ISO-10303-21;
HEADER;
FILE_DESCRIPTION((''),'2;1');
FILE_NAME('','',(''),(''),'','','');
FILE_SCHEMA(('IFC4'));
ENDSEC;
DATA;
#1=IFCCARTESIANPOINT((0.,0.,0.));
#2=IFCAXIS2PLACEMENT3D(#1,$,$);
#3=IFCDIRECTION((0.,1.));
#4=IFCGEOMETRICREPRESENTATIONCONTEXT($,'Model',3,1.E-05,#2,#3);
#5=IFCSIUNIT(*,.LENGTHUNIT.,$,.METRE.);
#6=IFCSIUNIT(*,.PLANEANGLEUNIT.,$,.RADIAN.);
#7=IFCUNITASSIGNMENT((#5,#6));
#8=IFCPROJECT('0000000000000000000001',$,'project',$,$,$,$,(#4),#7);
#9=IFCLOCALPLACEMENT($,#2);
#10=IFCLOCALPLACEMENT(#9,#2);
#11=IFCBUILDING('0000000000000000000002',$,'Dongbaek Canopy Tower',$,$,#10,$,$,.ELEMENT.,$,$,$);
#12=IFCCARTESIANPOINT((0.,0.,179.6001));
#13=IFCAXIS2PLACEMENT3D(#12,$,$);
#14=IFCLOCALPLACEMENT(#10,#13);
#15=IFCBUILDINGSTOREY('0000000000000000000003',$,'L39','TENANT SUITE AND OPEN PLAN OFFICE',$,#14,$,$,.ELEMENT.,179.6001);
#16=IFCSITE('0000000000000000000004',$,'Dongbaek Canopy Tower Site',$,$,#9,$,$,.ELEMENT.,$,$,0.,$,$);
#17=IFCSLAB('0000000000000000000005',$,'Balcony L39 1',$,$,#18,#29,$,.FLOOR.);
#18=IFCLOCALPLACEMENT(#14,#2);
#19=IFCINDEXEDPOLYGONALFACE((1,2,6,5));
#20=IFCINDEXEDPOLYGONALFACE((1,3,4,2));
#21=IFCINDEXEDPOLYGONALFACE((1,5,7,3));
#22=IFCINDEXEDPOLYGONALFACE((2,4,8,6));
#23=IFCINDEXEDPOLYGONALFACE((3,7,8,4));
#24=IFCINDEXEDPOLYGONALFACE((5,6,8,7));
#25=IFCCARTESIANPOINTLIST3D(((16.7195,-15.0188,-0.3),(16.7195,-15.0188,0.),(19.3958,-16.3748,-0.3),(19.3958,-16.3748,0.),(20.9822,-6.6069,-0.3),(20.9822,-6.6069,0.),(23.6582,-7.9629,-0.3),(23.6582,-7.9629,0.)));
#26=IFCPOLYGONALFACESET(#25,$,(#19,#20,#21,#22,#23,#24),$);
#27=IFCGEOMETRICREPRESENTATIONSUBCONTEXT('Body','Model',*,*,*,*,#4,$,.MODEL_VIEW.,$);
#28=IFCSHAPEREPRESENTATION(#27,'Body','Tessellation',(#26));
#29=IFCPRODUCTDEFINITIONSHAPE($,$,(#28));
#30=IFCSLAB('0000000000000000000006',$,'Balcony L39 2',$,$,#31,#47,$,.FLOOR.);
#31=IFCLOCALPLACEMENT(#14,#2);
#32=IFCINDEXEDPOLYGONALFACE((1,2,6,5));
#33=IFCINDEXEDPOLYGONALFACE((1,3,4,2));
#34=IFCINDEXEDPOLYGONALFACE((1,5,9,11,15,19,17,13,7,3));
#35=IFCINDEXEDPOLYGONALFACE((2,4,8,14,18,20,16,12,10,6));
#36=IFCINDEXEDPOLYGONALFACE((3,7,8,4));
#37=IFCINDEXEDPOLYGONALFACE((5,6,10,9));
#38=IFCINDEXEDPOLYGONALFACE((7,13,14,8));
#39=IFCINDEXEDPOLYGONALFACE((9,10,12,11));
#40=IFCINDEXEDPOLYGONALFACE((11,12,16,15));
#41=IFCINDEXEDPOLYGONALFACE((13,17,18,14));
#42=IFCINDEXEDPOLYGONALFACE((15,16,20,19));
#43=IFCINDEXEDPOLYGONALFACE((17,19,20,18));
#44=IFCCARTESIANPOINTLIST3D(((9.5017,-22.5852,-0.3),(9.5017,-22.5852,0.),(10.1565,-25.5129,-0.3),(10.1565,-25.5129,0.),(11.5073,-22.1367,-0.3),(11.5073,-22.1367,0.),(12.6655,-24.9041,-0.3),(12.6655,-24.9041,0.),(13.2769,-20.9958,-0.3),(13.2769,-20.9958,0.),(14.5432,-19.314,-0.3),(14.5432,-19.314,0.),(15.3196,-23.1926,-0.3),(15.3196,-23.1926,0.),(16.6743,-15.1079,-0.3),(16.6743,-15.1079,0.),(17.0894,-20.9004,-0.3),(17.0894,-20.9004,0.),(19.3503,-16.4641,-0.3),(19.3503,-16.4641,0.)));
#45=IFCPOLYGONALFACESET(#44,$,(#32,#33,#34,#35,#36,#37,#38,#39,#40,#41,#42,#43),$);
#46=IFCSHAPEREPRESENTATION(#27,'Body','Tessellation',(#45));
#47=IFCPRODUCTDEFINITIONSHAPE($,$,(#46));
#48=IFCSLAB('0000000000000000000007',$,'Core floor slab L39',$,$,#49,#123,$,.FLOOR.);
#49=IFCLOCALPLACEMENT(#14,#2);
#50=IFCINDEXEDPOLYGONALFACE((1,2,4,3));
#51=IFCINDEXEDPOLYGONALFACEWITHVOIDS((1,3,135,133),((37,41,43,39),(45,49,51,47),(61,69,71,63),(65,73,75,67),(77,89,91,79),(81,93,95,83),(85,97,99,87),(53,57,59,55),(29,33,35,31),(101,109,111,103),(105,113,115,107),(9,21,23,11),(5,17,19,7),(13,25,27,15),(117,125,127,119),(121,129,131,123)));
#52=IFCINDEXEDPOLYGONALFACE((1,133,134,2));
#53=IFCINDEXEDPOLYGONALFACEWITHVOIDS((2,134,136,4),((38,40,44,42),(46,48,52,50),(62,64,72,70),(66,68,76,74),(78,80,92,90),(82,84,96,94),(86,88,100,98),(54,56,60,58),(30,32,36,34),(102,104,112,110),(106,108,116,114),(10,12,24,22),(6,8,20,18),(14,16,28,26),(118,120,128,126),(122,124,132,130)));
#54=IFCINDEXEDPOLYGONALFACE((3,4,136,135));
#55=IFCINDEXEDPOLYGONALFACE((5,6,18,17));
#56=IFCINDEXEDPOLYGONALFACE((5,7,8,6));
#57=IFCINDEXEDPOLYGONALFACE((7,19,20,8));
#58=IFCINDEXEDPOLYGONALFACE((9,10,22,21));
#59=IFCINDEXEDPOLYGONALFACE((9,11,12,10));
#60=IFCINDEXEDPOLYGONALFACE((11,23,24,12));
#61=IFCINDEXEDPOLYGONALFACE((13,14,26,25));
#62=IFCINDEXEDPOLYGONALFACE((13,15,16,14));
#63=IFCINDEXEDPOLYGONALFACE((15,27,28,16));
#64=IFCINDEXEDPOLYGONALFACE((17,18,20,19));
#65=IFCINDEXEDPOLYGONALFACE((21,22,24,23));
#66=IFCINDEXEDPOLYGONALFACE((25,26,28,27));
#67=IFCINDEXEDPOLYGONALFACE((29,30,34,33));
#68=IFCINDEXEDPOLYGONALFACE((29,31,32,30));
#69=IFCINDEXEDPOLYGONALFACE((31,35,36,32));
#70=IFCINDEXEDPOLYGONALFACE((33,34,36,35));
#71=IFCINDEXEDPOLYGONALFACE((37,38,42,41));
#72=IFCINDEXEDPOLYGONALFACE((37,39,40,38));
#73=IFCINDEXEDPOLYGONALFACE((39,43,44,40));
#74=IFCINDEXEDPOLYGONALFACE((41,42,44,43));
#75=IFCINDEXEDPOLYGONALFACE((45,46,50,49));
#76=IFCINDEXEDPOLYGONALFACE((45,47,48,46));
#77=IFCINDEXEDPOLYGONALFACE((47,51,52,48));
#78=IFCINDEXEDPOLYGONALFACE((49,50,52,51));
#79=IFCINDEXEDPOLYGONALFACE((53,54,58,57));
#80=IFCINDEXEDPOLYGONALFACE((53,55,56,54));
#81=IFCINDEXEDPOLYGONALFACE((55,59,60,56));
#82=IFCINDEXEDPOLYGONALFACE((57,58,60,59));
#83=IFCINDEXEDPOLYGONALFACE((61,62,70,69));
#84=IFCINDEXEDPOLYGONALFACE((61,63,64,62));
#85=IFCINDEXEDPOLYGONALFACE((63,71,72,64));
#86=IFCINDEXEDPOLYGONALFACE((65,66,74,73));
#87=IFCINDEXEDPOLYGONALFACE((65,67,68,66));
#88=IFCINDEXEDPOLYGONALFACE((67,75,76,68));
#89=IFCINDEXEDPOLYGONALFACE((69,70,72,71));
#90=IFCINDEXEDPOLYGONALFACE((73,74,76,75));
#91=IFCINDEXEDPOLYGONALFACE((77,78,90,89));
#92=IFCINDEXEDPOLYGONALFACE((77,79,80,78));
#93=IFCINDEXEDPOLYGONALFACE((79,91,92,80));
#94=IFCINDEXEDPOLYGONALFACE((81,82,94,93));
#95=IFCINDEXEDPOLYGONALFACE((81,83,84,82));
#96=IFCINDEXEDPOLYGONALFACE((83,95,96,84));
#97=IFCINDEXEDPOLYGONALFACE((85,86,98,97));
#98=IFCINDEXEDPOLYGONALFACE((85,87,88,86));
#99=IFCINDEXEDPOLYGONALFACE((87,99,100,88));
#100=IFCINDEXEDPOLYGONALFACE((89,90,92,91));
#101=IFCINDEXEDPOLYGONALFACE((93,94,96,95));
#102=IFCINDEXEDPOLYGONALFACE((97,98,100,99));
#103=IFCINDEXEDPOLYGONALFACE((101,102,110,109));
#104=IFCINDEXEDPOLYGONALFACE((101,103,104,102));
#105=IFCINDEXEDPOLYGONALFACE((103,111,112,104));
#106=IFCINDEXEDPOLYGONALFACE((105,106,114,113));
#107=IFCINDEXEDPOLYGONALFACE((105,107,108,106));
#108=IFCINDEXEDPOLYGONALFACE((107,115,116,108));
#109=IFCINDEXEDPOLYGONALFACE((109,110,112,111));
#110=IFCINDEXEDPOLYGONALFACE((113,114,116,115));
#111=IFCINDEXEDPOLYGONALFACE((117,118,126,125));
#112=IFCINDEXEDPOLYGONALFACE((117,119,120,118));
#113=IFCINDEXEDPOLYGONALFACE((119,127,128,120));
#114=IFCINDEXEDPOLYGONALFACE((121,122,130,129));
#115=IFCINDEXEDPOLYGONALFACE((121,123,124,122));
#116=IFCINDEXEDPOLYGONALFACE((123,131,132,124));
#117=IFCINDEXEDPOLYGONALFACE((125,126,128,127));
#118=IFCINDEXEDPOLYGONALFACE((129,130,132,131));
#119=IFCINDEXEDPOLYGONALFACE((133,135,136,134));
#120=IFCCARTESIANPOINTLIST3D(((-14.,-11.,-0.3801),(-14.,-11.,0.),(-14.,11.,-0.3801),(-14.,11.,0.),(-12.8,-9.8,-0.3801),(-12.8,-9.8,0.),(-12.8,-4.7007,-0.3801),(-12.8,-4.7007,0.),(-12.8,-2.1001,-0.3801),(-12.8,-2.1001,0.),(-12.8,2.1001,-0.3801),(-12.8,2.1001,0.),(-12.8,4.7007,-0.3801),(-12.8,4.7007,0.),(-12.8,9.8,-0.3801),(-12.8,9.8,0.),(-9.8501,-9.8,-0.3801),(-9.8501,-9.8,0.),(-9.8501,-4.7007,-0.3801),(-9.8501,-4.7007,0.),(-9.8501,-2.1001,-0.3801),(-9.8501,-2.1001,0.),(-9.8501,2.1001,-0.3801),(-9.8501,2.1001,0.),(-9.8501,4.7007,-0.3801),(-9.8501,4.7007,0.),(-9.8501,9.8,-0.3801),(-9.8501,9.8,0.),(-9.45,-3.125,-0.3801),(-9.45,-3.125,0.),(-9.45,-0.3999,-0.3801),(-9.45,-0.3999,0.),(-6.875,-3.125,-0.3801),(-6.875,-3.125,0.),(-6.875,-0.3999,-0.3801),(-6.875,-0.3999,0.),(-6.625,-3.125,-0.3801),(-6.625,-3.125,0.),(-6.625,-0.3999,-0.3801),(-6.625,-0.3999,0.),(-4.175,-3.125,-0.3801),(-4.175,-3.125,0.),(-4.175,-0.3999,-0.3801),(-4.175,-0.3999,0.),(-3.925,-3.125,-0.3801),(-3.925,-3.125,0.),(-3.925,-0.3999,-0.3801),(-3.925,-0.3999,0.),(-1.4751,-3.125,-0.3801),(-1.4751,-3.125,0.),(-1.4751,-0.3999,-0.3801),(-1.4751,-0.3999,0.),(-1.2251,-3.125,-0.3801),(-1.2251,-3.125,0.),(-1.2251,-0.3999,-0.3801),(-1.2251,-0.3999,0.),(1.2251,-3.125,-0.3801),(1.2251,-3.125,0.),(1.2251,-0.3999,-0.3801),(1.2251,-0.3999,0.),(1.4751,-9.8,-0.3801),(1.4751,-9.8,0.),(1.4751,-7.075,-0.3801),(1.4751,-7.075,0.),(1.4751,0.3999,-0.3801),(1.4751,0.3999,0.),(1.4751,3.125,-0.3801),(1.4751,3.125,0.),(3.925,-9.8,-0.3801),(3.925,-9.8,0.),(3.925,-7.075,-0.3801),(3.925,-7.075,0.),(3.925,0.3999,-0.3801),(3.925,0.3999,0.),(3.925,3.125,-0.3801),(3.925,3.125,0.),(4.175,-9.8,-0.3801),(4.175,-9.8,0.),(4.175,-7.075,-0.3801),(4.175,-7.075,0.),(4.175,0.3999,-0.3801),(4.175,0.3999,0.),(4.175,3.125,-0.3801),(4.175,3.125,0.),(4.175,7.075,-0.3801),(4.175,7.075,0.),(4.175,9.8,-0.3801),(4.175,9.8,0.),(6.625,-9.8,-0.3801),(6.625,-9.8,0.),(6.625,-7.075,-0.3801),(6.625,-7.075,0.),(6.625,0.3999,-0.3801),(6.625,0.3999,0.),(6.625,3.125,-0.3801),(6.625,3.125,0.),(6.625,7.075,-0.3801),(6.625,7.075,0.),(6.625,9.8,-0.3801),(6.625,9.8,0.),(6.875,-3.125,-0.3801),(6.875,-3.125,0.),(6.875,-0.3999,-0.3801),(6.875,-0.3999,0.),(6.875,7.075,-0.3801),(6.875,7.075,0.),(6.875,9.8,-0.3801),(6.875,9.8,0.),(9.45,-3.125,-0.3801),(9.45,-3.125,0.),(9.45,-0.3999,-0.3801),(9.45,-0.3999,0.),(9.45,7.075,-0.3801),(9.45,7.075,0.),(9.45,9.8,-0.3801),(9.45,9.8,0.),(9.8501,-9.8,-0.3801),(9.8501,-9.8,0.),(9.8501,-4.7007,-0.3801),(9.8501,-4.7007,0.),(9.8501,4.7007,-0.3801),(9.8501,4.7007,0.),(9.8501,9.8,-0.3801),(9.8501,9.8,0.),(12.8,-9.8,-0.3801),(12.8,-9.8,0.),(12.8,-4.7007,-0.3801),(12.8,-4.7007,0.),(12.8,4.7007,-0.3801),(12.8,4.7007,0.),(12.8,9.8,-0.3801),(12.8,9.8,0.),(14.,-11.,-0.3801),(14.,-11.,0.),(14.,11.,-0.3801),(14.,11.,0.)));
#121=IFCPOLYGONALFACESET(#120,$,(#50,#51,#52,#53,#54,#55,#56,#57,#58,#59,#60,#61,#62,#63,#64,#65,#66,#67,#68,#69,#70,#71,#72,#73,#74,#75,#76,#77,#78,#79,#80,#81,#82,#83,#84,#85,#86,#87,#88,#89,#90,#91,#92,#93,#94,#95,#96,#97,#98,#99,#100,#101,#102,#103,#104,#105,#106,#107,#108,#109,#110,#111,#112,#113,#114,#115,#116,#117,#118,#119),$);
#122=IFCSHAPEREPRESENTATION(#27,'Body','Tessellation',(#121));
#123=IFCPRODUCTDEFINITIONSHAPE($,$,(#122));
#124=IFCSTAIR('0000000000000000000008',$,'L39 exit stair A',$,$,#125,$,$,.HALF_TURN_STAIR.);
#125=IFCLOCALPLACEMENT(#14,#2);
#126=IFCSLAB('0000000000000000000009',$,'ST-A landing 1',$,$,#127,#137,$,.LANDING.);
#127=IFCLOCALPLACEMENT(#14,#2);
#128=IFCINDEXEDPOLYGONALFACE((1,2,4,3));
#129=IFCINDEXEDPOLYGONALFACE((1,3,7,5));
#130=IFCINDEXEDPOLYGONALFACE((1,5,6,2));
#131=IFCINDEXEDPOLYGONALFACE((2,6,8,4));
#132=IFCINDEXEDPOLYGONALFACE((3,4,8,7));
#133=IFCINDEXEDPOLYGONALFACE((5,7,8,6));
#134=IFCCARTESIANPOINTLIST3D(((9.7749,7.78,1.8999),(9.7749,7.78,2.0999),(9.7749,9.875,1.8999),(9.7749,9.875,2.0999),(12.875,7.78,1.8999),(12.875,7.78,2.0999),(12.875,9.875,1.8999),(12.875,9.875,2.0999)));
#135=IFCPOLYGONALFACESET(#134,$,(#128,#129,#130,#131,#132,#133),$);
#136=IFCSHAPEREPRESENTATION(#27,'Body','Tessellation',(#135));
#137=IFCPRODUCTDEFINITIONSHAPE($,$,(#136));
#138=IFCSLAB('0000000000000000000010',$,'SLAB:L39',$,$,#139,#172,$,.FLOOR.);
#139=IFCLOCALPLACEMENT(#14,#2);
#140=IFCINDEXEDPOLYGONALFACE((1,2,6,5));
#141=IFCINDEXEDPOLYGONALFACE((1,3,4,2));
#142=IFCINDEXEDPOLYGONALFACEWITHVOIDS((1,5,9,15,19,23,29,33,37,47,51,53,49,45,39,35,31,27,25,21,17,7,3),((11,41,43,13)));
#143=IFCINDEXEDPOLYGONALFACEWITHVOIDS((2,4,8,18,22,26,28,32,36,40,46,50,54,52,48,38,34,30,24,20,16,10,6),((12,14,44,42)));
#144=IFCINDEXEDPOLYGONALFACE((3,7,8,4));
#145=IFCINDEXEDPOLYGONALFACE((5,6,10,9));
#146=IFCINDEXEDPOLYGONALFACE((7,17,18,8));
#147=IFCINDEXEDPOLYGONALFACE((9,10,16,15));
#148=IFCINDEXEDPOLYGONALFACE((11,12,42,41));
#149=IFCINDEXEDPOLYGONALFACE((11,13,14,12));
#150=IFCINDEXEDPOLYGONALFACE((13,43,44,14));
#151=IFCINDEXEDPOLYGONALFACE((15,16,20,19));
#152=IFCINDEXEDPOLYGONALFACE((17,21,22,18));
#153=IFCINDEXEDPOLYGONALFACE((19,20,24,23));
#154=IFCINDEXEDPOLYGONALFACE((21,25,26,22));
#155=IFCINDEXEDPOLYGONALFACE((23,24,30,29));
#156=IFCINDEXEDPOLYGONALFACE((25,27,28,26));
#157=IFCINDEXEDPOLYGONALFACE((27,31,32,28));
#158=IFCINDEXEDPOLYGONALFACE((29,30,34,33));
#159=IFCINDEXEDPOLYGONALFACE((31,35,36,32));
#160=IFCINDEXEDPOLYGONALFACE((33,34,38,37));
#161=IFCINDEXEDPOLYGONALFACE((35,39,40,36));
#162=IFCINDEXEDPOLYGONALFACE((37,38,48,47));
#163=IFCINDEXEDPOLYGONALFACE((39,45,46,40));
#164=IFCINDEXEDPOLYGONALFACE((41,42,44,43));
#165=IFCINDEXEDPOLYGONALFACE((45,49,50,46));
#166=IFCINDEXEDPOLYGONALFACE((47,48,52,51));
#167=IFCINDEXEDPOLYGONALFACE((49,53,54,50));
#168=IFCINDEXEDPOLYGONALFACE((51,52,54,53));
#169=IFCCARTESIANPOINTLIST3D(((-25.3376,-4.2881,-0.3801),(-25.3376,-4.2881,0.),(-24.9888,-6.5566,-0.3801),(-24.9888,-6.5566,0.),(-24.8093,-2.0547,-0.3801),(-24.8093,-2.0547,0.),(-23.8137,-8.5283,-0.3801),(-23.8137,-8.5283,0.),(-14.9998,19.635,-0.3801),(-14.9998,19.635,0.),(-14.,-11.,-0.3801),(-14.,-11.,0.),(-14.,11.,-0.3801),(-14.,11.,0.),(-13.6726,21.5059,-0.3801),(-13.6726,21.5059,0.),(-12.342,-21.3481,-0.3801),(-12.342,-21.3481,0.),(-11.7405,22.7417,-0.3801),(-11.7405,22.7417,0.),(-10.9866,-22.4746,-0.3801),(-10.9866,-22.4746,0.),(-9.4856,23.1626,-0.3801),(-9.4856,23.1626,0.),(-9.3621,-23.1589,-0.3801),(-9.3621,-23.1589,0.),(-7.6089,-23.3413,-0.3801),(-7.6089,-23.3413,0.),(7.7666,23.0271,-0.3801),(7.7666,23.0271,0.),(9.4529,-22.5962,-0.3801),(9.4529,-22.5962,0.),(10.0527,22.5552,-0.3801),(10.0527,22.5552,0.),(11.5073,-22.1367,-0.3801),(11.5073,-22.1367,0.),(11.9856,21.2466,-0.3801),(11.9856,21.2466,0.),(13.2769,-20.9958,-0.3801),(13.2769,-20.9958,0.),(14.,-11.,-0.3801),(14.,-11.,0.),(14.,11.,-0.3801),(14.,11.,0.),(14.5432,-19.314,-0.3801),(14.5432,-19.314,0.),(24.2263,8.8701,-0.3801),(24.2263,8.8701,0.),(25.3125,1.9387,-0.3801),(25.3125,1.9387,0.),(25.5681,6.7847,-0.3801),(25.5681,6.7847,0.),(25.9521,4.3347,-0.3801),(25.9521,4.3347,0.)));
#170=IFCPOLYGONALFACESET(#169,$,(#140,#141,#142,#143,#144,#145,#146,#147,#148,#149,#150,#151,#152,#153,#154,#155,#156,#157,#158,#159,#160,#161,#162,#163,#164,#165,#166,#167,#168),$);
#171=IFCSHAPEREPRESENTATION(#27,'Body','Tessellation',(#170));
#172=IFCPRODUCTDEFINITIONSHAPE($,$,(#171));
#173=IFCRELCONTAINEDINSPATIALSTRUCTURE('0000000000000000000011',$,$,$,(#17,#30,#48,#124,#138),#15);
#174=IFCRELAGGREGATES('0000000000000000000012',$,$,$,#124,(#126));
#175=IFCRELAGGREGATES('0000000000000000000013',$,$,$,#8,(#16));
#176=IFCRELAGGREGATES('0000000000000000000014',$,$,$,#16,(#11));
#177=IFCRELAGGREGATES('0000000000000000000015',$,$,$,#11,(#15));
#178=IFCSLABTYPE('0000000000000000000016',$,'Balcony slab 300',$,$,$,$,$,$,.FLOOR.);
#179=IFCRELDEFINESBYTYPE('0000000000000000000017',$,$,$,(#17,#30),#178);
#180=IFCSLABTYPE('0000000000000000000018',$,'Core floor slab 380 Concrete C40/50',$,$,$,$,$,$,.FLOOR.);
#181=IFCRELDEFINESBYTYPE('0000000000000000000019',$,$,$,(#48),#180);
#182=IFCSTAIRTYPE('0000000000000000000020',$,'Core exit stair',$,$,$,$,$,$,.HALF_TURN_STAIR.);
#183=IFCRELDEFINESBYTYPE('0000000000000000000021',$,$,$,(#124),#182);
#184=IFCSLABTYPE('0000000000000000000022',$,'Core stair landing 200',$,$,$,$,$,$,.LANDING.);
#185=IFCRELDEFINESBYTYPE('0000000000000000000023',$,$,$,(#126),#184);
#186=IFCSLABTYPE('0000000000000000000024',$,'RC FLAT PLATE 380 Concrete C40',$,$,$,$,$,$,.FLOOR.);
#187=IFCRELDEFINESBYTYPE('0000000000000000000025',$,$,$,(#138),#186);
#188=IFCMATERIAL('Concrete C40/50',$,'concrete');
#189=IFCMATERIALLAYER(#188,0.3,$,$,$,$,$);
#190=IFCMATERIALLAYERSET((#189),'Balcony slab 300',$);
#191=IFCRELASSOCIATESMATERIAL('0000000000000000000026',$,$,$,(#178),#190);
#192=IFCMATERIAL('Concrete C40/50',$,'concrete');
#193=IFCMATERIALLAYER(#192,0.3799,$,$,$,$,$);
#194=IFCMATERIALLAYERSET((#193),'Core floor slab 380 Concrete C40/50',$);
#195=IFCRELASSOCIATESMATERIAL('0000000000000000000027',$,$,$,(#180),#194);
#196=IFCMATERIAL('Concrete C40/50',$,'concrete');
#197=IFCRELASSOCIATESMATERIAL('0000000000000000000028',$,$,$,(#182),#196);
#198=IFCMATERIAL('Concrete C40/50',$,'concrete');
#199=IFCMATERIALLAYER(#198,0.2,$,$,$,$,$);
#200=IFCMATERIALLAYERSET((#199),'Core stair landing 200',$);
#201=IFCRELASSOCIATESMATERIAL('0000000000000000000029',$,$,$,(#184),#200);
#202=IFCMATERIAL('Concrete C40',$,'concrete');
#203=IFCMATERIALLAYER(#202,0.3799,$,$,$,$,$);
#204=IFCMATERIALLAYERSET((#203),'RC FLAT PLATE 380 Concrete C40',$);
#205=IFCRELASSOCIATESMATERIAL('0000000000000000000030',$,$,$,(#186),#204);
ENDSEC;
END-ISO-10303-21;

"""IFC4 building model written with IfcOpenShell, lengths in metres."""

from ifc_helpers import new_model, si_unit, direction, frame, origin, place, context, subcontext, project, spatial, polyline, outline, extrude, material, layer, layer_set, type_object, element, aggregate, save


model = new_model("IFC4")

# Units and contexts
model_context = context("Model", 3, precision=1e-05, world=origin(), true_north=direction((0.0, 1.0)))
body_context = subcontext(model_context, "Body", "Model", "MODEL_VIEW")
ifc_project = project(units=[si_unit("LENGTHUNIT", "METRE"), si_unit("PLANEANGLEUNIT", "RADIAN")], contexts=[model_context])

# Site, building, storey
site_placement = place(None, origin())
site = spatial("IfcSite", under=ifc_project, at=site_placement, Name="Dongbaek Canopy Tower Site", CompositionType="ELEMENT", RefElevation=0.0)
building_placement = place(site_placement, origin())
building = spatial("IfcBuilding", under=site, at=building_placement, Name="Dongbaek Canopy Tower", CompositionType="ELEMENT")
storey_placement = place(building_placement, frame((0.0, 0.0, 179.6001)))
storey = spatial("IfcBuildingStorey", under=building, at=storey_placement, Name="L39", Description="TENANT SUITE AND OPEN PLAN OFFICE", CompositionType="ELEMENT", Elevation=179.6001)

# Slabs
ifc_material_1 = material(Name="Concrete C40/50", Category="concrete")
ifc_layer_1 = layer(ifc_material_1, 0.3)
ifc_layer_set_1 = layer_set([ifc_layer_1], Name="Balcony slab 300")
slab_type_1 = type_object("IfcSlabType", Name="Balcony slab 300", PredefinedType="FLOOR", material=ifc_layer_set_1)
slab_1_placement = place(storey_placement, frame((0.0, 0.0, -0.3)))
element("IfcSlab", 1, at=slab_1_placement, inside=storey, type_object=slab_type_1, Name="Balcony L39 1", PredefinedType="FLOOR", context=body_context, shape_type="SweptSolid", body=[
    extrude(outline(polyline([(16.7195, -15.0188), (20.9822, -6.6069), (23.6582, -7.9629), (19.3958, -16.3748), (16.7195, -15.0188)])), origin(), (0.0, 0.0, 1.0), 0.3),
])
slab_2_placement = place(storey_placement, frame((0.0, 0.0, -0.3)))
element("IfcSlab", 2, at=slab_2_placement, inside=storey, type_object=slab_type_1, Name="Balcony L39 2", PredefinedType="FLOOR", context=body_context, shape_type="SweptSolid", body=[
    extrude(outline(polyline([(9.5017, -22.5852), (11.5073, -22.1367), (13.2769, -20.9958), (14.5432, -19.314), (16.6743, -15.1079), (19.3503, -16.4641), (17.0894, -20.9004), (15.3196, -23.1926), (12.6655, -24.9041), (10.1565, -25.5129), (9.5017, -22.5852)])), origin(), (0.0, 0.0, 1.0), 0.3),
])
ifc_material_2 = material(Name="Concrete C40/50", Category="concrete")
ifc_layer_2 = layer(ifc_material_2, 0.3799)
ifc_layer_set_2 = layer_set([ifc_layer_2], Name="Core floor slab 380 Concrete C40/50")
slab_type_2 = type_object("IfcSlabType", Name="Core floor slab 380 Concrete C40/50", PredefinedType="FLOOR", material=ifc_layer_set_2)
slab_3_placement = place(storey_placement, frame((0.0, 0.0, -0.3801)))
element("IfcSlab", 3, at=slab_3_placement, inside=storey, type_object=slab_type_2, Name="Core floor slab L39", PredefinedType="FLOOR", context=body_context, shape_type="SweptSolid", body=[
    extrude(outline(polyline([(14.0, -11.0), (14.0, 11.0), (-14.0, 11.0), (-14.0, -11.0), (14.0, -11.0)]), holes=[polyline([(-12.8, 2.1001), (-9.8501, 2.1001), (-9.8501, -2.1001), (-12.8, -2.1001), (-12.8, 2.1001)]), polyline([(6.625, 9.8), (6.625, 7.075), (4.175, 7.075), (4.175, 9.8), (6.625, 9.8)]), polyline([(9.45, 7.075), (6.875, 7.075), (6.875, 9.8), (9.45, 9.8), (9.45, 7.075)]), polyline([(1.4751, 0.3999), (1.4751, 3.125), (3.925, 3.125), (3.925, 0.3999), (1.4751, 0.3999)]), polyline([(4.175, 0.3999), (4.175, 3.125), (6.625, 3.125), (6.625, 0.3999), (4.175, 0.3999)]), polyline([(-9.45, -0.3999), (-6.875, -0.3999), (-6.875, -3.125), (-9.45, -3.125), (-9.45, -0.3999)]), polyline([(-6.625, -3.125), (-6.625, -0.3999), (-4.175, -0.3999), (-4.175, -3.125), (-6.625, -3.125)]), polyline([(-3.925, -3.125), (-3.925, -0.3999), (-1.4751, -0.3999), (-1.4751, -3.125), (-3.925, -3.125)]), polyline([(-1.2251, -3.125), (-1.2251, -0.3999), (1.2251, -0.3999), (1.2251, -3.125), (-1.2251, -3.125)]), polyline([(9.45, -3.125), (6.875, -3.125), (6.875, -0.3999), (9.45, -0.3999), (9.45, -3.125)]), polyline([(1.4751, -9.8), (1.4751, -7.075), (3.925, -7.075), (3.925, -9.8), (1.4751, -9.8)]), polyline([(4.175, -9.8), (4.175, -7.075), (6.625, -7.075), (6.625, -9.8), (4.175, -9.8)]), polyline([(12.8, 4.7007), (12.8, 9.8), (9.8501, 9.8), (9.8501, 4.7007), (12.8, 4.7007)]), polyline([(-9.8501, 4.7007), (-9.8501, 9.8), (-12.8, 9.8), (-12.8, 4.7007), (-9.8501, 4.7007)]), polyline([(9.8501, -4.7007), (9.8501, -9.8), (12.8, -9.8), (12.8, -4.7007), (9.8501, -4.7007)]), polyline([(-12.8, -4.7007), (-12.8, -9.8), (-9.8501, -9.8), (-9.8501, -4.7007), (-12.8, -4.7007)])]), origin(), (0.0, 0.0, 1.0), 0.3801),
])

# Stair, slab
ifc_material_3 = material(Name="Concrete C40/50", Category="concrete")
stair_type = type_object("IfcStairType", Name="Core exit stair", PredefinedType="HALF_TURN_STAIR", material=ifc_material_3)
stair_1_placement = place(storey_placement, origin())
stair_1 = element("IfcStair", 4, at=stair_1_placement, inside=storey, type_object=stair_type, Name="L39 exit stair A", PredefinedType="HALF_TURN_STAIR")
ifc_material_4 = material(Name="Concrete C40/50", Category="concrete")
ifc_layer_3 = layer(ifc_material_4, 0.2)
ifc_layer_set_3 = layer_set([ifc_layer_3], Name="Core stair landing 200")
slab_type_3 = type_object("IfcSlabType", Name="Core stair landing 200", PredefinedType="LANDING", material=ifc_layer_set_3)
slab_4_placement = place(storey_placement, frame((0.0, 0.0, 1.8999)))
slab_4 = element("IfcSlab", 5, at=slab_4_placement, type_object=slab_type_3, Name="ST-A landing 1", PredefinedType="LANDING", context=body_context, shape_type="SweptSolid", body=[
    extrude(outline(polyline([(12.875, 7.78), (12.875, 9.875), (9.7749, 9.875), (9.7749, 7.78), (12.875, 7.78)])), origin(), (0.0, 0.0, 1.0), 0.2),
])
aggregate(stair_1, [slab_4])

# Slab
ifc_material_5 = material(Name="Concrete C40", Category="concrete")
ifc_layer_4 = layer(ifc_material_5, 0.3799)
ifc_layer_set_4 = layer_set([ifc_layer_4], Name="RC FLAT PLATE 380 Concrete C40")
slab_type_4 = type_object("IfcSlabType", Name="RC FLAT PLATE 380 Concrete C40", PredefinedType="FLOOR", material=ifc_layer_set_4)
slab_5_placement = place(storey_placement, frame((0.0, 0.0, -0.3801)))
element("IfcSlab", 6, at=slab_5_placement, inside=storey, type_object=slab_type_4, Name="SLAB:L39", PredefinedType="FLOOR", context=body_context, shape_type="SweptSolid", body=[
    extrude(outline(polyline([(14.5432, -19.314), (13.2769, -20.9958), (11.5073, -22.1367), (9.4529, -22.5962), (-7.6089, -23.3413), (-9.3621, -23.1589), (-10.9866, -22.4746), (-12.342, -21.3481), (-23.8137, -8.5283), (-24.9888, -6.5566), (-25.3376, -4.2881), (-24.8093, -2.0547), (-14.9998, 19.635), (-13.6726, 21.5059), (-11.7405, 22.7417), (-9.4856, 23.1626), (7.7666, 23.0271), (10.0527, 22.5552), (11.9856, 21.2466), (24.2263, 8.8701), (25.5681, 6.7847), (25.9521, 4.3347), (25.3125, 1.9387), (14.5432, -19.314)]), holes=[polyline([(14.0, 11.0), (-14.0, 11.0), (-14.0, -11.0), (14.0, -11.0), (14.0, 11.0)])]), origin(), (0.0, 0.0, 1.0), 0.3801),
])

save(model, "model.ifc")
